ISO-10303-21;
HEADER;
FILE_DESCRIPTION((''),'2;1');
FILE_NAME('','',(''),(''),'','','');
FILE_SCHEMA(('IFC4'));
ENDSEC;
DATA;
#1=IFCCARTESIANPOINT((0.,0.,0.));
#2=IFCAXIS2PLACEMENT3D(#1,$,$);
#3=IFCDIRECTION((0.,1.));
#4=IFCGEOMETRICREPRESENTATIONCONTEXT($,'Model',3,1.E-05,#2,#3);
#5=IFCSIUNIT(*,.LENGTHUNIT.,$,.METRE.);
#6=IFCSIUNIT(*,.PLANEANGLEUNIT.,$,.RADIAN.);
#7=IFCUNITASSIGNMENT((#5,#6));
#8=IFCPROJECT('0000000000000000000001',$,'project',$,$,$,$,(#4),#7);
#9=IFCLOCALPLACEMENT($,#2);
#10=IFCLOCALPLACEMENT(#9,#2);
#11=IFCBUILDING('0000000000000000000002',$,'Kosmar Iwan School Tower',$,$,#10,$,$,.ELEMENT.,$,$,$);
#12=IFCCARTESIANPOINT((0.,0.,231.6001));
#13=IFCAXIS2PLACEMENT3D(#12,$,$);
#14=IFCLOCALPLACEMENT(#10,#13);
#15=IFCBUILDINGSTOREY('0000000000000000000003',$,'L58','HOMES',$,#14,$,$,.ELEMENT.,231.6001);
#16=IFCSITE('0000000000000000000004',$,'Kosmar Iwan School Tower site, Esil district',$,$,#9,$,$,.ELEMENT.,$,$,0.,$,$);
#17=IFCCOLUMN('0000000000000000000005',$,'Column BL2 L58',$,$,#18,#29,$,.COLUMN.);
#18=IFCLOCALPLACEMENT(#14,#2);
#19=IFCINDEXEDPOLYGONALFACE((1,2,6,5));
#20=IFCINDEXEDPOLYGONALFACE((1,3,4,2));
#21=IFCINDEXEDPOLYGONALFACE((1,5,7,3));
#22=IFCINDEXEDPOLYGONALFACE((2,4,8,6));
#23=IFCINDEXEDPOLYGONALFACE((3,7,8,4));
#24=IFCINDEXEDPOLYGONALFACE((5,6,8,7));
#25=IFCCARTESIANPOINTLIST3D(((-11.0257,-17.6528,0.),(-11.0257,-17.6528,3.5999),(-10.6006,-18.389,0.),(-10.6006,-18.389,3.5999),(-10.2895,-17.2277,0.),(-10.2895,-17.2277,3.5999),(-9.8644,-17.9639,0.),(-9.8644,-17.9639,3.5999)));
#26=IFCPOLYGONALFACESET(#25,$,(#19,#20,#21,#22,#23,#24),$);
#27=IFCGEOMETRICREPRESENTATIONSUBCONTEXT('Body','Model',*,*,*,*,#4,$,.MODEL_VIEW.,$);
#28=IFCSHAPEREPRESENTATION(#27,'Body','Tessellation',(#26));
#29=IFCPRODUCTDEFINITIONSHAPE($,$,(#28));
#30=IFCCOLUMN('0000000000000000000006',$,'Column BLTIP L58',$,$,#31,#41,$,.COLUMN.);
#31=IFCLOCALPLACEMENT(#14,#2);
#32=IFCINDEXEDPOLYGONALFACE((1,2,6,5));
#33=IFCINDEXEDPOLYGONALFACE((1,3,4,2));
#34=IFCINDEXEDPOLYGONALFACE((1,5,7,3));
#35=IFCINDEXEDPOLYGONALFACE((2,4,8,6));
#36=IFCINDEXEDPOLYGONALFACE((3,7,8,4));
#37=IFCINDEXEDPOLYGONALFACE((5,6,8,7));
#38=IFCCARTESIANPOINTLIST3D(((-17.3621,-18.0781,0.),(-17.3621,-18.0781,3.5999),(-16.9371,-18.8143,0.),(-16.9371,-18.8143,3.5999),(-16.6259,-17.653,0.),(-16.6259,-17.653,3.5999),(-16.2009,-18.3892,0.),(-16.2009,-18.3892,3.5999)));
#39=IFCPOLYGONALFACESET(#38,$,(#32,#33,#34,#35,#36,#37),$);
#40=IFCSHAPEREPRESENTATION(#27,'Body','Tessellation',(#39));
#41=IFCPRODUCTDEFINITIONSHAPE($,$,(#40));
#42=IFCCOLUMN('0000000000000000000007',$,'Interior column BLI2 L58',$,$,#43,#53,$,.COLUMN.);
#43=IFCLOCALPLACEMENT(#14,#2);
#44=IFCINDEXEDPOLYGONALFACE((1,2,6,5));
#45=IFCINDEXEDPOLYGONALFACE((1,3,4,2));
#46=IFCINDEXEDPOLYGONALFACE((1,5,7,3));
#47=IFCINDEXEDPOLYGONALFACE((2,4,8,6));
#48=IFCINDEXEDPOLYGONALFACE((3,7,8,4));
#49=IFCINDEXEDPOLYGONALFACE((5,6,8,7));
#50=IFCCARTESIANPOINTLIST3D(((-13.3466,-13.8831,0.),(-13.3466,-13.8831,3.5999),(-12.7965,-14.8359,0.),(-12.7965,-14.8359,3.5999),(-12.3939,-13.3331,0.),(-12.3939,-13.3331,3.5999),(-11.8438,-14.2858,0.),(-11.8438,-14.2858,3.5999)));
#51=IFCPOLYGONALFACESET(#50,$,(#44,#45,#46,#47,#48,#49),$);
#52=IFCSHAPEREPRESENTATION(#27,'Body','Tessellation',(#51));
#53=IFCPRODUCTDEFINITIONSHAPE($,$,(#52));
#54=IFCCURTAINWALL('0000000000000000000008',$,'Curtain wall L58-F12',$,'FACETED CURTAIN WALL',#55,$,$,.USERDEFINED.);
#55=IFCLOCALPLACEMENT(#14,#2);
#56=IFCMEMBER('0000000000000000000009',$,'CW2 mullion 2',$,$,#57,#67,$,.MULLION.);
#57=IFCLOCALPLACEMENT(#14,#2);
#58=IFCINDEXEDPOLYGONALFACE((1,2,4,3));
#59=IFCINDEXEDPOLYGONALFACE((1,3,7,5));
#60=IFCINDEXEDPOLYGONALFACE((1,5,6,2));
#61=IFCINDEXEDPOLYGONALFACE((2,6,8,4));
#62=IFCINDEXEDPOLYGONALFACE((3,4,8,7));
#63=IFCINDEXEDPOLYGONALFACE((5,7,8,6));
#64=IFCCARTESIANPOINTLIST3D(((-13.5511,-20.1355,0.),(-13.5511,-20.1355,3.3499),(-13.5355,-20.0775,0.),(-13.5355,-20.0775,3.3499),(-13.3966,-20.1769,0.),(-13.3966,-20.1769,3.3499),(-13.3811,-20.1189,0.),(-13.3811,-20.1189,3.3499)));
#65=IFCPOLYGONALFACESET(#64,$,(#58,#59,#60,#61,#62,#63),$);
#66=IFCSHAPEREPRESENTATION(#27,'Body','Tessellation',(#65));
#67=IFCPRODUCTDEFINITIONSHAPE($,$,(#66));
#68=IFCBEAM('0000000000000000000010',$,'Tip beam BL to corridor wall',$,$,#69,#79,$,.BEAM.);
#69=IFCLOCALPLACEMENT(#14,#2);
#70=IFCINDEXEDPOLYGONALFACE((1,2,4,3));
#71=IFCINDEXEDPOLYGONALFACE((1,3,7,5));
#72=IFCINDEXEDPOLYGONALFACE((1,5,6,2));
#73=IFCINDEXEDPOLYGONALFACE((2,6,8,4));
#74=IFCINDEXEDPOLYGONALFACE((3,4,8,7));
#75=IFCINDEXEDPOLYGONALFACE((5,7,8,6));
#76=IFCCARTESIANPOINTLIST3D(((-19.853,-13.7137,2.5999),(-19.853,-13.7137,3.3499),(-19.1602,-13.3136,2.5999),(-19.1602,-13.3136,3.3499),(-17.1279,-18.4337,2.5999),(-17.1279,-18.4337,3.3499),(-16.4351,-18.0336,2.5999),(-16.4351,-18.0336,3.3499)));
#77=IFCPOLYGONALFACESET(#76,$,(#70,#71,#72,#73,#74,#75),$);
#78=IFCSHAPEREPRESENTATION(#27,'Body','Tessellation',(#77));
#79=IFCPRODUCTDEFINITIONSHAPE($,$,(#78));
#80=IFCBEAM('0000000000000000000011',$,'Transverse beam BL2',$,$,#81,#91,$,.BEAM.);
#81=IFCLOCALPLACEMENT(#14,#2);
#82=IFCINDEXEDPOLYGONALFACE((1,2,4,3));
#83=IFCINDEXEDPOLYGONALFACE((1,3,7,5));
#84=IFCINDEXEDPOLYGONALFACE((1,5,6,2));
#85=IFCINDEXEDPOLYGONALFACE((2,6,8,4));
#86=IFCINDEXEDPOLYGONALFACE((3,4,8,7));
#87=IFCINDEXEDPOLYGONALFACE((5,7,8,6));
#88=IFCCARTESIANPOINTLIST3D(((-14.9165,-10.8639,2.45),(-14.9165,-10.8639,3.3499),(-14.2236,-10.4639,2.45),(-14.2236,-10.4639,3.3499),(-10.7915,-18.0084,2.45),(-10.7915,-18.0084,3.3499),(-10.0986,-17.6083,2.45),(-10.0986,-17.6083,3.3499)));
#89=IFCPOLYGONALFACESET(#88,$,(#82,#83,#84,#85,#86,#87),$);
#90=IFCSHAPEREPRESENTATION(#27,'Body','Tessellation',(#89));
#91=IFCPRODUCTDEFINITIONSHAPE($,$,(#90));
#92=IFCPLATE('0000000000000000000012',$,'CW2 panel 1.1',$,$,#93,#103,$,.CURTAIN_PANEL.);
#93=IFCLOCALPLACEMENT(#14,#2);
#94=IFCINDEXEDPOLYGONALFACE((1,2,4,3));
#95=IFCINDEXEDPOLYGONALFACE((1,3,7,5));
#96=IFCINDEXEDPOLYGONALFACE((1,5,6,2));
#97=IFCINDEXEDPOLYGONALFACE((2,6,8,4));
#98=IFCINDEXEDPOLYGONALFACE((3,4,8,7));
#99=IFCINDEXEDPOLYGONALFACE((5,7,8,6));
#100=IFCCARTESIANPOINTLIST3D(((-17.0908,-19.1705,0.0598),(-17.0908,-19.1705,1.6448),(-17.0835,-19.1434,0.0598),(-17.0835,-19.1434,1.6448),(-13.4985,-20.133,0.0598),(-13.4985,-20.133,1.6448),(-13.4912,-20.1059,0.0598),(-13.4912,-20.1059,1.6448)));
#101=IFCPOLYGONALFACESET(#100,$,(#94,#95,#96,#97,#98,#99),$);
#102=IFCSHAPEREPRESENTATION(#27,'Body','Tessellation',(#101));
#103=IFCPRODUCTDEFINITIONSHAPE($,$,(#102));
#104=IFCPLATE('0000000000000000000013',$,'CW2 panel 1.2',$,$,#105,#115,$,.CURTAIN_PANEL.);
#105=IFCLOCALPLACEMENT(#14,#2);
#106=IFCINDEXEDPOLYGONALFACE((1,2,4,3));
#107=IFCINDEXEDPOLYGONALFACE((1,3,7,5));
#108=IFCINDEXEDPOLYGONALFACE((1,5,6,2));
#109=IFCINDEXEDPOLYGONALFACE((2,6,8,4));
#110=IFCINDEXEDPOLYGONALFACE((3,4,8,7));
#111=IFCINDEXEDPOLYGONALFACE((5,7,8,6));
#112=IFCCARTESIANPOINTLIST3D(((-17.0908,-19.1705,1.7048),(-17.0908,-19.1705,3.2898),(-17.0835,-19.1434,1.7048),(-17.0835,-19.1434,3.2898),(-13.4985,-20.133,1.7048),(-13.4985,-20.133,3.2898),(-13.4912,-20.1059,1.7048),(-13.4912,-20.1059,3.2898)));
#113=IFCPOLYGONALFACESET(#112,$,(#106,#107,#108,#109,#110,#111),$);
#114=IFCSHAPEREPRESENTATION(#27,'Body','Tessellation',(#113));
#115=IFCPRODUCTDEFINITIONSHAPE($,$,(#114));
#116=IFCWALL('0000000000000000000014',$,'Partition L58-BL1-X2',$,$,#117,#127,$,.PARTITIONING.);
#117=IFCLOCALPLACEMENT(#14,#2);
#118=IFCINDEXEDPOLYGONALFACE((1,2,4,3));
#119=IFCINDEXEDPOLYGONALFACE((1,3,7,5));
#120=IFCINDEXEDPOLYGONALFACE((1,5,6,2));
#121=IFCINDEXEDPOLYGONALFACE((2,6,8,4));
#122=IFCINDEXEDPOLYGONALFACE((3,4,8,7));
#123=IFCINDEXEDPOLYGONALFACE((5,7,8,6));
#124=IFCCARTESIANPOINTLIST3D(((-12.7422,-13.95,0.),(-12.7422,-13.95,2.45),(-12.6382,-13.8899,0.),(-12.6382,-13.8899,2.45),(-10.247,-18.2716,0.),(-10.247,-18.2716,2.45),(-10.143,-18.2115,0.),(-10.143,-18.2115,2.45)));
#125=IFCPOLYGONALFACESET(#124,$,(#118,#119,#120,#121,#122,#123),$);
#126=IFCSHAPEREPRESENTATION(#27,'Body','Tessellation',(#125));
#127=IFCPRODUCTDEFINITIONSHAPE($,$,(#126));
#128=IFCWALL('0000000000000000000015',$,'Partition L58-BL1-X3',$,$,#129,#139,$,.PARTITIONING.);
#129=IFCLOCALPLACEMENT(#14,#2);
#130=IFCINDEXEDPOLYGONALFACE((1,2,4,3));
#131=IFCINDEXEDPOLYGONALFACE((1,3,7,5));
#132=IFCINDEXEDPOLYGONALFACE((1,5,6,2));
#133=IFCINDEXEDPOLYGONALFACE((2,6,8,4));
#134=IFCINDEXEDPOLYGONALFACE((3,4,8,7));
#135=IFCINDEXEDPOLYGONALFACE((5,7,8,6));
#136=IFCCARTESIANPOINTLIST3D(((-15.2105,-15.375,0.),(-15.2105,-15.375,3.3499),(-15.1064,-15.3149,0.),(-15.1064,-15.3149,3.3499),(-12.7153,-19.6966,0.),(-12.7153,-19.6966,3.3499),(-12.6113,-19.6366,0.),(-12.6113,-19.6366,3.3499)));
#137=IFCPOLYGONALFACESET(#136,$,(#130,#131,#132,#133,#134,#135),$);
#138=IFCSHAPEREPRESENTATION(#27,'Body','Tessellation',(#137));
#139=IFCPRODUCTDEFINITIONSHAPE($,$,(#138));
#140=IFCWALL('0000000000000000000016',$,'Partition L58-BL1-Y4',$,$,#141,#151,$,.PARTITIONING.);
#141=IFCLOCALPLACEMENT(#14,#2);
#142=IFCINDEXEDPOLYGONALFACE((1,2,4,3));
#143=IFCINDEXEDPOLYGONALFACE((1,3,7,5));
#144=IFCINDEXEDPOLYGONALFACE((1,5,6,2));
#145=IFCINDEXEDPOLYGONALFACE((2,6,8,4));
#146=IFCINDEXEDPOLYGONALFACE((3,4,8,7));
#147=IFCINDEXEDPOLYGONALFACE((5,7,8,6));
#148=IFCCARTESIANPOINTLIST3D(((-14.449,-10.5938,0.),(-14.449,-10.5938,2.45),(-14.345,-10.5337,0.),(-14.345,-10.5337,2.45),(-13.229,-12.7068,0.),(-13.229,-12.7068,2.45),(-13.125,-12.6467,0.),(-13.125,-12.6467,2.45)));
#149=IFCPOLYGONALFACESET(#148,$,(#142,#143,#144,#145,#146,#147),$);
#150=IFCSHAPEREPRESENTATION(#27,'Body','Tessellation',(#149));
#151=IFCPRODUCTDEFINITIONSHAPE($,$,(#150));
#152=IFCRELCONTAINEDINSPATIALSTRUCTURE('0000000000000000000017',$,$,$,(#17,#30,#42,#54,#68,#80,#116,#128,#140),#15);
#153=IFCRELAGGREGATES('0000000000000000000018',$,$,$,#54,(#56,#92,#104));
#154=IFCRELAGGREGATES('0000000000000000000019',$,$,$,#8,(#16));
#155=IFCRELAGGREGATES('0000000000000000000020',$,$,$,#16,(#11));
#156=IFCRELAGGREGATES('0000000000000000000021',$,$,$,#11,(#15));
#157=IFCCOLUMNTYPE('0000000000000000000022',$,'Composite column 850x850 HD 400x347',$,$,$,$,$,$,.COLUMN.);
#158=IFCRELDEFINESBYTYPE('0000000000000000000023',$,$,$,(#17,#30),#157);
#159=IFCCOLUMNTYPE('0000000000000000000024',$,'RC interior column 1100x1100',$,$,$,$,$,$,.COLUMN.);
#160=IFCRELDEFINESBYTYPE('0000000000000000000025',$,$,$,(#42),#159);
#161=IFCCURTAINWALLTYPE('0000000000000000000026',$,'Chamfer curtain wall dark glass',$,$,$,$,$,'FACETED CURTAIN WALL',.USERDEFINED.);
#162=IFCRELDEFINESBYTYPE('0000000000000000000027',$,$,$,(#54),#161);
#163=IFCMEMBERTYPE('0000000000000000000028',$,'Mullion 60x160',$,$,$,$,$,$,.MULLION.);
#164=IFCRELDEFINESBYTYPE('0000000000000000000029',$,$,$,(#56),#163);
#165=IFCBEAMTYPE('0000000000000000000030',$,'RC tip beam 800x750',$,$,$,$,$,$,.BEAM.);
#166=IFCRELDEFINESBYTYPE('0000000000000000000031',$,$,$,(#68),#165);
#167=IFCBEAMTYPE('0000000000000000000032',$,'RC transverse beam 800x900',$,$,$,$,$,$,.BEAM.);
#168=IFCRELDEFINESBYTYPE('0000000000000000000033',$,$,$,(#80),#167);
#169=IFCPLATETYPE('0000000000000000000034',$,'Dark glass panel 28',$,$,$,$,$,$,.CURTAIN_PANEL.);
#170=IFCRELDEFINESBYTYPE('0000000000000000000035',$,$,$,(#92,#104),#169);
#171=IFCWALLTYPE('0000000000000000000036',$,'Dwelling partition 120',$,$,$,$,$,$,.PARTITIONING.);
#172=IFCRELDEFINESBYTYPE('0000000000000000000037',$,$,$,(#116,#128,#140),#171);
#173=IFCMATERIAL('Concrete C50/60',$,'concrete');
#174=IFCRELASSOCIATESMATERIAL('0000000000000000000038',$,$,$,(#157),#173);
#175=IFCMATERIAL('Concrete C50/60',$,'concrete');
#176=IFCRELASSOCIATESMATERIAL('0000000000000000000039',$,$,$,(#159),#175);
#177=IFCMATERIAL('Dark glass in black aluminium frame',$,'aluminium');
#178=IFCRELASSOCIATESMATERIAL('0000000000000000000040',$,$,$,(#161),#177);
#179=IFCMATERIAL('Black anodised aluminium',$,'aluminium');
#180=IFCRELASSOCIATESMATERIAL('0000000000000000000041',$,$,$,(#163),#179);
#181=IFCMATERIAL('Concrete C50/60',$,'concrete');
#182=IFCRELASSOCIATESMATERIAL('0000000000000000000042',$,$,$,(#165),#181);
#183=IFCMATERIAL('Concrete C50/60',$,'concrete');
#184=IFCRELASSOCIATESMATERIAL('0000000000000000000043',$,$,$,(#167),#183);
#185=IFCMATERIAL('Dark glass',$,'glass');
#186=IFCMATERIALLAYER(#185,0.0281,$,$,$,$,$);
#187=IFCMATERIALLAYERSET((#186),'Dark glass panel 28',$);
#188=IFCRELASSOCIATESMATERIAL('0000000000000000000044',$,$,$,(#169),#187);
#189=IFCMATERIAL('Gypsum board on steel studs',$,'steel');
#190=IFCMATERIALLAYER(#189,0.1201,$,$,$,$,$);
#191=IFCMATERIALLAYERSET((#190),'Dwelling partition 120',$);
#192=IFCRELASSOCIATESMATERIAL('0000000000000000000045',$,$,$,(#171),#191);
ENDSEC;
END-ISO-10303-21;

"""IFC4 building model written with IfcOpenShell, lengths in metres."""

from ifc_helpers import new_model, si_unit, direction, frame, frame_2d, origin, origin_2d, place, context, subcontext, project, spatial, rectangle, extrude, material, layer, layer_set, material_profile, profile_set, type_object, element, aggregate, save


model = new_model("IFC4")

# Units and contexts
model_context = context("Model", 3, precision=1e-05, world=origin(), true_north=direction((0.0, 1.0)))
body_context = subcontext(model_context, "Body", "Model", "MODEL_VIEW")
ifc_project = project(units=[si_unit("LENGTHUNIT", "METRE"), si_unit("PLANEANGLEUNIT", "RADIAN")], contexts=[model_context])

# Site, building, storey
site_placement = place(None, origin())
site = spatial("IfcSite", under=ifc_project, at=site_placement, Name="Kosmar Iwan School Tower site, Esil district", CompositionType="ELEMENT", RefElevation=0.0)
building_placement = place(site_placement, origin())
building = spatial("IfcBuilding", under=site, at=building_placement, Name="Kosmar Iwan School Tower", CompositionType="ELEMENT")
storey_placement = place(building_placement, frame((0.0, 0.0, 231.6001)))
storey = spatial("IfcBuildingStorey", under=building, at=storey_placement, Name="L58", Description="HOMES", CompositionType="ELEMENT", Elevation=231.6001)

# Columns
ifc_material_1 = material(Name="Concrete C50/60", Category="concrete")
ifc_material_profile_1 = material_profile(ifc_material_1, rectangle(XDim=0.8501, YDim=0.8501, at=origin_2d()), Name="RC 850x850 + HD 400x347")
ifc_profile_set_1 = profile_set([ifc_material_profile_1], Name="Concrete C50/60")
column_type_1 = type_object("IfcColumnType", Name="Composite column 850x850 HD 400x347", PredefinedType="COLUMN", material=ifc_profile_set_1)
for number, where, z_axis, x_axis, name in (
    (1, (-10.4451, -17.8083, 0.0), (0.0, 0.0, 1.0), (-0.866025, -0.5, 0.0), "Column BL2 L58"),
    (2, (-16.7815, -18.2336, 0.0), (0.0, 0.0, 1.0), (-0.866025, -0.5, 0.0), "Column BLTIP L58"),
):
    element("IfcColumn", number, at=place(storey_placement, frame(where, z_axis=z_axis, x_axis=x_axis)), inside=storey, type_object=column_type_1, Name=name, PredefinedType="COLUMN", context=body_context, shape_type="SweptSolid", body=[
        extrude(rectangle(XDim=0.8501, YDim=0.8501, at=origin_2d()), origin(), (0.0, 0.0, 1.0), 3.5999),
    ])
ifc_material_2 = material(Name="Concrete C50/60", Category="concrete")
ifc_material_profile_2 = material_profile(ifc_material_2, rectangle(XDim=1.1001, YDim=1.1001, at=origin_2d()), Name="RC 1100x1100")
ifc_profile_set_2 = profile_set([ifc_material_profile_2], Name="Concrete C50/60")
column_type_2 = type_object("IfcColumnType", Name="RC interior column 1100x1100", PredefinedType="COLUMN", material=ifc_profile_set_2)
column_placement = place(storey_placement, frame((-12.5952, -14.0845, 0.0), z_axis=(0.0, 0.0, 1.0), x_axis=(-0.866025, -0.5, 0.0)))
element("IfcColumn", 3, at=column_placement, inside=storey, type_object=column_type_2, Name="Interior column BLI2 L58", PredefinedType="COLUMN", context=body_context, shape_type="SweptSolid", body=[
    extrude(rectangle(XDim=1.1001, YDim=1.1001, at=origin_2d()), origin(), (0.0, 0.0, 1.0), 3.5999),
])

# Curtain wall, member
ifc_material_3 = material(Name="Dark glass in black aluminium frame", Category="aluminium")
curtain_wall_type = type_object("IfcCurtainWallType", Name="Chamfer curtain wall dark glass", ElementType="FACETED CURTAIN WALL", PredefinedType="USERDEFINED", material=ifc_material_3)
curtain_wall_placement = place(storey_placement, origin())
curtain_wall = element("IfcCurtainWall", 4, at=curtain_wall_placement, inside=storey, type_object=curtain_wall_type, Name="Curtain wall L58-F12", ObjectType="FACETED CURTAIN WALL", PredefinedType="USERDEFINED")
ifc_material_4 = material(Name="Black anodised aluminium", Category="aluminium")
ifc_material_profile_3 = material_profile(ifc_material_4, rectangle(XDim=0.0601, YDim=0.1599, at=origin_2d()), Name="MULLION 60x160")
ifc_profile_set_3 = profile_set([ifc_material_profile_3], Name="Black anodised aluminium")
member_type = type_object("IfcMemberType", Name="Mullion 60x160", PredefinedType="MULLION", material=ifc_profile_set_3)
member_placement = place(storey_placement, frame((-13.4661, -20.1272, 0.0), z_axis=(0.0, 0.0, 1.0), x_axis=(0.258819, 0.965926, 0.0)))
member = element("IfcMember", 5, at=member_placement, type_object=member_type, Name="CW2 mullion 2", PredefinedType="MULLION", context=body_context, shape_type="SweptSolid", body=[
    extrude(rectangle(XDim=0.0601, YDim=0.1599, at=origin_2d()), origin(), (0.0, 0.0, 1.0), 3.3499),
])

# Beams
ifc_material_5 = material(Name="Concrete C50/60", Category="concrete")
ifc_material_profile_4 = material_profile(ifc_material_5, rectangle(XDim=0.8, YDim=0.75, at=origin_2d()), Name="RC 800x750")
ifc_profile_set_4 = profile_set([ifc_material_profile_4], Name="Concrete C50/60")
beam_type_1 = type_object("IfcBeamType", Name="RC tip beam 800x750", PredefinedType="BEAM", material=ifc_profile_set_4)
beam_1_placement = place(storey_placement, frame((-16.7815, -18.2336, 2.9749), z_axis=(-0.500003, 0.866024, 0.0), x_axis=(-0.866024, -0.500003, 0.0)))
element("IfcBeam", 6, at=beam_1_placement, inside=storey, type_object=beam_type_1, Name="Tip beam BL to corridor wall", PredefinedType="BEAM", context=body_context, shape_type="SweptSolid", body=[
    extrude(rectangle(XDim=0.8, YDim=0.75, at=origin_2d()), origin(), (0.0, 0.0, 1.0), 5.4502),
])
ifc_material_6 = material(Name="Concrete C50/60", Category="concrete")
ifc_material_profile_5 = material_profile(ifc_material_6, rectangle(XDim=0.8, YDim=0.8999, at=origin_2d()), Name="RC 800x900")
ifc_profile_set_5 = profile_set([ifc_material_profile_5], Name="Concrete C50/60")
beam_type_2 = type_object("IfcBeamType", Name="RC transverse beam 800x900", PredefinedType="BEAM", material=ifc_profile_set_5)
beam_2_placement = place(storey_placement, frame((-10.4451, -17.8083, 2.8999), z_axis=(-0.500009, 0.86602, 0.0), x_axis=(-0.86602, -0.500009, 0.0)))
element("IfcBeam", 7, at=beam_2_placement, inside=storey, type_object=beam_type_2, Name="Transverse beam BL2", PredefinedType="BEAM", context=body_context, shape_type="SweptSolid", body=[
    extrude(rectangle(XDim=0.8, YDim=0.8999, at=origin_2d()), origin(), (0.0, 0.0, 1.0), 8.2498),
])

# Plates
ifc_material_7 = material(Name="Dark glass", Category="glass")
ifc_layer_1 = layer(ifc_material_7, 0.0281)
ifc_layer_set_1 = layer_set([ifc_layer_1], Name="Dark glass panel 28")
plate_type = type_object("IfcPlateType", Name="Dark glass panel 28", PredefinedType="CURTAIN_PANEL", material=ifc_layer_set_1)
plate_1_placement = place(storey_placement, frame((-15.291, -19.6382, 0.0598), z_axis=(0.0, 0.0, 1.0), x_axis=(0.965926, -0.258819, 0.0)))
plate_1 = element("IfcPlate", 8, at=plate_1_placement, type_object=plate_type, Name="CW2 panel 1.1", PredefinedType="CURTAIN_PANEL", context=body_context, shape_type="SweptSolid", body=[
    extrude(rectangle(XDim=3.719, YDim=0.0281, at=origin_2d()), origin(), (0.0, 0.0, 1.0), 1.585),
])
plate_2_placement = place(storey_placement, frame((-15.291, -19.6382, 1.7048), z_axis=(0.0, 0.0, 1.0), x_axis=(0.965926, -0.258819, 0.0)))
plate_2 = element("IfcPlate", 9, at=plate_2_placement, type_object=plate_type, Name="CW2 panel 1.2", PredefinedType="CURTAIN_PANEL", context=body_context, shape_type="SweptSolid", body=[
    extrude(rectangle(XDim=3.719, YDim=0.0281, at=origin_2d()), origin(), (0.0, 0.0, 1.0), 1.585),
])
aggregate(curtain_wall, [member, plate_1, plate_2])

# Walls
ifc_material_8 = material(Name="Gypsum board on steel studs", Category="steel")
ifc_layer_2 = layer(ifc_material_8, 0.1201)
ifc_layer_set_2 = layer_set([ifc_layer_2], Name="Dwelling partition 120")
wall_type = type_object("IfcWallType", Name="Dwelling partition 120", PredefinedType="PARTITIONING", material=ifc_layer_set_2)
wall_1_placement = place(storey_placement, frame((-12.6902, -13.9199, 0.0), z_axis=(0.0, 0.0, 1.0), x_axis=(0.500012, -0.866019, 0.0)))
element("IfcWall", 10, at=wall_1_placement, inside=storey, type_object=wall_type, Name="Partition L58-BL1-X2", PredefinedType="PARTITIONING", context=body_context, shape_type="SweptSolid", body=[
    extrude(rectangle(XDim=4.9902, YDim=0.1201, at=frame_2d((2.4951, 0.0))), origin(), (0.0, 0.0, 1.0), 2.45),
])
wall_2_placement = place(storey_placement, frame((-15.1584, -15.345, 0.0), z_axis=(0.0, 0.0, 1.0), x_axis=(0.500012, -0.866019, 0.0)))
element("IfcWall", 11, at=wall_2_placement, inside=storey, type_object=wall_type, Name="Partition L58-BL1-X3", PredefinedType="PARTITIONING", context=body_context, shape_type="SweptSolid", body=[
    extrude(rectangle(XDim=4.9902, YDim=0.1201, at=frame_2d((2.4951, 0.0))), origin(), (0.0, 0.0, 1.0), 3.3499),
])
wall_3_placement = place(storey_placement, frame((-14.397, -10.5637, 0.0), z_axis=(0.0, 0.0, 1.0), x_axis=(0.500003, -0.866024, 0.0)))
element("IfcWall", 12, at=wall_3_placement, inside=storey, type_object=wall_type, Name="Partition L58-BL1-Y4", PredefinedType="PARTITIONING", context=body_context, shape_type="SweptSolid", body=[
    extrude(rectangle(XDim=2.4399, YDim=0.1201, at=frame_2d((1.22, 0.0))), origin(), (0.0, 0.0, 1.0), 2.45),
])

save(model, "model.ifc")
